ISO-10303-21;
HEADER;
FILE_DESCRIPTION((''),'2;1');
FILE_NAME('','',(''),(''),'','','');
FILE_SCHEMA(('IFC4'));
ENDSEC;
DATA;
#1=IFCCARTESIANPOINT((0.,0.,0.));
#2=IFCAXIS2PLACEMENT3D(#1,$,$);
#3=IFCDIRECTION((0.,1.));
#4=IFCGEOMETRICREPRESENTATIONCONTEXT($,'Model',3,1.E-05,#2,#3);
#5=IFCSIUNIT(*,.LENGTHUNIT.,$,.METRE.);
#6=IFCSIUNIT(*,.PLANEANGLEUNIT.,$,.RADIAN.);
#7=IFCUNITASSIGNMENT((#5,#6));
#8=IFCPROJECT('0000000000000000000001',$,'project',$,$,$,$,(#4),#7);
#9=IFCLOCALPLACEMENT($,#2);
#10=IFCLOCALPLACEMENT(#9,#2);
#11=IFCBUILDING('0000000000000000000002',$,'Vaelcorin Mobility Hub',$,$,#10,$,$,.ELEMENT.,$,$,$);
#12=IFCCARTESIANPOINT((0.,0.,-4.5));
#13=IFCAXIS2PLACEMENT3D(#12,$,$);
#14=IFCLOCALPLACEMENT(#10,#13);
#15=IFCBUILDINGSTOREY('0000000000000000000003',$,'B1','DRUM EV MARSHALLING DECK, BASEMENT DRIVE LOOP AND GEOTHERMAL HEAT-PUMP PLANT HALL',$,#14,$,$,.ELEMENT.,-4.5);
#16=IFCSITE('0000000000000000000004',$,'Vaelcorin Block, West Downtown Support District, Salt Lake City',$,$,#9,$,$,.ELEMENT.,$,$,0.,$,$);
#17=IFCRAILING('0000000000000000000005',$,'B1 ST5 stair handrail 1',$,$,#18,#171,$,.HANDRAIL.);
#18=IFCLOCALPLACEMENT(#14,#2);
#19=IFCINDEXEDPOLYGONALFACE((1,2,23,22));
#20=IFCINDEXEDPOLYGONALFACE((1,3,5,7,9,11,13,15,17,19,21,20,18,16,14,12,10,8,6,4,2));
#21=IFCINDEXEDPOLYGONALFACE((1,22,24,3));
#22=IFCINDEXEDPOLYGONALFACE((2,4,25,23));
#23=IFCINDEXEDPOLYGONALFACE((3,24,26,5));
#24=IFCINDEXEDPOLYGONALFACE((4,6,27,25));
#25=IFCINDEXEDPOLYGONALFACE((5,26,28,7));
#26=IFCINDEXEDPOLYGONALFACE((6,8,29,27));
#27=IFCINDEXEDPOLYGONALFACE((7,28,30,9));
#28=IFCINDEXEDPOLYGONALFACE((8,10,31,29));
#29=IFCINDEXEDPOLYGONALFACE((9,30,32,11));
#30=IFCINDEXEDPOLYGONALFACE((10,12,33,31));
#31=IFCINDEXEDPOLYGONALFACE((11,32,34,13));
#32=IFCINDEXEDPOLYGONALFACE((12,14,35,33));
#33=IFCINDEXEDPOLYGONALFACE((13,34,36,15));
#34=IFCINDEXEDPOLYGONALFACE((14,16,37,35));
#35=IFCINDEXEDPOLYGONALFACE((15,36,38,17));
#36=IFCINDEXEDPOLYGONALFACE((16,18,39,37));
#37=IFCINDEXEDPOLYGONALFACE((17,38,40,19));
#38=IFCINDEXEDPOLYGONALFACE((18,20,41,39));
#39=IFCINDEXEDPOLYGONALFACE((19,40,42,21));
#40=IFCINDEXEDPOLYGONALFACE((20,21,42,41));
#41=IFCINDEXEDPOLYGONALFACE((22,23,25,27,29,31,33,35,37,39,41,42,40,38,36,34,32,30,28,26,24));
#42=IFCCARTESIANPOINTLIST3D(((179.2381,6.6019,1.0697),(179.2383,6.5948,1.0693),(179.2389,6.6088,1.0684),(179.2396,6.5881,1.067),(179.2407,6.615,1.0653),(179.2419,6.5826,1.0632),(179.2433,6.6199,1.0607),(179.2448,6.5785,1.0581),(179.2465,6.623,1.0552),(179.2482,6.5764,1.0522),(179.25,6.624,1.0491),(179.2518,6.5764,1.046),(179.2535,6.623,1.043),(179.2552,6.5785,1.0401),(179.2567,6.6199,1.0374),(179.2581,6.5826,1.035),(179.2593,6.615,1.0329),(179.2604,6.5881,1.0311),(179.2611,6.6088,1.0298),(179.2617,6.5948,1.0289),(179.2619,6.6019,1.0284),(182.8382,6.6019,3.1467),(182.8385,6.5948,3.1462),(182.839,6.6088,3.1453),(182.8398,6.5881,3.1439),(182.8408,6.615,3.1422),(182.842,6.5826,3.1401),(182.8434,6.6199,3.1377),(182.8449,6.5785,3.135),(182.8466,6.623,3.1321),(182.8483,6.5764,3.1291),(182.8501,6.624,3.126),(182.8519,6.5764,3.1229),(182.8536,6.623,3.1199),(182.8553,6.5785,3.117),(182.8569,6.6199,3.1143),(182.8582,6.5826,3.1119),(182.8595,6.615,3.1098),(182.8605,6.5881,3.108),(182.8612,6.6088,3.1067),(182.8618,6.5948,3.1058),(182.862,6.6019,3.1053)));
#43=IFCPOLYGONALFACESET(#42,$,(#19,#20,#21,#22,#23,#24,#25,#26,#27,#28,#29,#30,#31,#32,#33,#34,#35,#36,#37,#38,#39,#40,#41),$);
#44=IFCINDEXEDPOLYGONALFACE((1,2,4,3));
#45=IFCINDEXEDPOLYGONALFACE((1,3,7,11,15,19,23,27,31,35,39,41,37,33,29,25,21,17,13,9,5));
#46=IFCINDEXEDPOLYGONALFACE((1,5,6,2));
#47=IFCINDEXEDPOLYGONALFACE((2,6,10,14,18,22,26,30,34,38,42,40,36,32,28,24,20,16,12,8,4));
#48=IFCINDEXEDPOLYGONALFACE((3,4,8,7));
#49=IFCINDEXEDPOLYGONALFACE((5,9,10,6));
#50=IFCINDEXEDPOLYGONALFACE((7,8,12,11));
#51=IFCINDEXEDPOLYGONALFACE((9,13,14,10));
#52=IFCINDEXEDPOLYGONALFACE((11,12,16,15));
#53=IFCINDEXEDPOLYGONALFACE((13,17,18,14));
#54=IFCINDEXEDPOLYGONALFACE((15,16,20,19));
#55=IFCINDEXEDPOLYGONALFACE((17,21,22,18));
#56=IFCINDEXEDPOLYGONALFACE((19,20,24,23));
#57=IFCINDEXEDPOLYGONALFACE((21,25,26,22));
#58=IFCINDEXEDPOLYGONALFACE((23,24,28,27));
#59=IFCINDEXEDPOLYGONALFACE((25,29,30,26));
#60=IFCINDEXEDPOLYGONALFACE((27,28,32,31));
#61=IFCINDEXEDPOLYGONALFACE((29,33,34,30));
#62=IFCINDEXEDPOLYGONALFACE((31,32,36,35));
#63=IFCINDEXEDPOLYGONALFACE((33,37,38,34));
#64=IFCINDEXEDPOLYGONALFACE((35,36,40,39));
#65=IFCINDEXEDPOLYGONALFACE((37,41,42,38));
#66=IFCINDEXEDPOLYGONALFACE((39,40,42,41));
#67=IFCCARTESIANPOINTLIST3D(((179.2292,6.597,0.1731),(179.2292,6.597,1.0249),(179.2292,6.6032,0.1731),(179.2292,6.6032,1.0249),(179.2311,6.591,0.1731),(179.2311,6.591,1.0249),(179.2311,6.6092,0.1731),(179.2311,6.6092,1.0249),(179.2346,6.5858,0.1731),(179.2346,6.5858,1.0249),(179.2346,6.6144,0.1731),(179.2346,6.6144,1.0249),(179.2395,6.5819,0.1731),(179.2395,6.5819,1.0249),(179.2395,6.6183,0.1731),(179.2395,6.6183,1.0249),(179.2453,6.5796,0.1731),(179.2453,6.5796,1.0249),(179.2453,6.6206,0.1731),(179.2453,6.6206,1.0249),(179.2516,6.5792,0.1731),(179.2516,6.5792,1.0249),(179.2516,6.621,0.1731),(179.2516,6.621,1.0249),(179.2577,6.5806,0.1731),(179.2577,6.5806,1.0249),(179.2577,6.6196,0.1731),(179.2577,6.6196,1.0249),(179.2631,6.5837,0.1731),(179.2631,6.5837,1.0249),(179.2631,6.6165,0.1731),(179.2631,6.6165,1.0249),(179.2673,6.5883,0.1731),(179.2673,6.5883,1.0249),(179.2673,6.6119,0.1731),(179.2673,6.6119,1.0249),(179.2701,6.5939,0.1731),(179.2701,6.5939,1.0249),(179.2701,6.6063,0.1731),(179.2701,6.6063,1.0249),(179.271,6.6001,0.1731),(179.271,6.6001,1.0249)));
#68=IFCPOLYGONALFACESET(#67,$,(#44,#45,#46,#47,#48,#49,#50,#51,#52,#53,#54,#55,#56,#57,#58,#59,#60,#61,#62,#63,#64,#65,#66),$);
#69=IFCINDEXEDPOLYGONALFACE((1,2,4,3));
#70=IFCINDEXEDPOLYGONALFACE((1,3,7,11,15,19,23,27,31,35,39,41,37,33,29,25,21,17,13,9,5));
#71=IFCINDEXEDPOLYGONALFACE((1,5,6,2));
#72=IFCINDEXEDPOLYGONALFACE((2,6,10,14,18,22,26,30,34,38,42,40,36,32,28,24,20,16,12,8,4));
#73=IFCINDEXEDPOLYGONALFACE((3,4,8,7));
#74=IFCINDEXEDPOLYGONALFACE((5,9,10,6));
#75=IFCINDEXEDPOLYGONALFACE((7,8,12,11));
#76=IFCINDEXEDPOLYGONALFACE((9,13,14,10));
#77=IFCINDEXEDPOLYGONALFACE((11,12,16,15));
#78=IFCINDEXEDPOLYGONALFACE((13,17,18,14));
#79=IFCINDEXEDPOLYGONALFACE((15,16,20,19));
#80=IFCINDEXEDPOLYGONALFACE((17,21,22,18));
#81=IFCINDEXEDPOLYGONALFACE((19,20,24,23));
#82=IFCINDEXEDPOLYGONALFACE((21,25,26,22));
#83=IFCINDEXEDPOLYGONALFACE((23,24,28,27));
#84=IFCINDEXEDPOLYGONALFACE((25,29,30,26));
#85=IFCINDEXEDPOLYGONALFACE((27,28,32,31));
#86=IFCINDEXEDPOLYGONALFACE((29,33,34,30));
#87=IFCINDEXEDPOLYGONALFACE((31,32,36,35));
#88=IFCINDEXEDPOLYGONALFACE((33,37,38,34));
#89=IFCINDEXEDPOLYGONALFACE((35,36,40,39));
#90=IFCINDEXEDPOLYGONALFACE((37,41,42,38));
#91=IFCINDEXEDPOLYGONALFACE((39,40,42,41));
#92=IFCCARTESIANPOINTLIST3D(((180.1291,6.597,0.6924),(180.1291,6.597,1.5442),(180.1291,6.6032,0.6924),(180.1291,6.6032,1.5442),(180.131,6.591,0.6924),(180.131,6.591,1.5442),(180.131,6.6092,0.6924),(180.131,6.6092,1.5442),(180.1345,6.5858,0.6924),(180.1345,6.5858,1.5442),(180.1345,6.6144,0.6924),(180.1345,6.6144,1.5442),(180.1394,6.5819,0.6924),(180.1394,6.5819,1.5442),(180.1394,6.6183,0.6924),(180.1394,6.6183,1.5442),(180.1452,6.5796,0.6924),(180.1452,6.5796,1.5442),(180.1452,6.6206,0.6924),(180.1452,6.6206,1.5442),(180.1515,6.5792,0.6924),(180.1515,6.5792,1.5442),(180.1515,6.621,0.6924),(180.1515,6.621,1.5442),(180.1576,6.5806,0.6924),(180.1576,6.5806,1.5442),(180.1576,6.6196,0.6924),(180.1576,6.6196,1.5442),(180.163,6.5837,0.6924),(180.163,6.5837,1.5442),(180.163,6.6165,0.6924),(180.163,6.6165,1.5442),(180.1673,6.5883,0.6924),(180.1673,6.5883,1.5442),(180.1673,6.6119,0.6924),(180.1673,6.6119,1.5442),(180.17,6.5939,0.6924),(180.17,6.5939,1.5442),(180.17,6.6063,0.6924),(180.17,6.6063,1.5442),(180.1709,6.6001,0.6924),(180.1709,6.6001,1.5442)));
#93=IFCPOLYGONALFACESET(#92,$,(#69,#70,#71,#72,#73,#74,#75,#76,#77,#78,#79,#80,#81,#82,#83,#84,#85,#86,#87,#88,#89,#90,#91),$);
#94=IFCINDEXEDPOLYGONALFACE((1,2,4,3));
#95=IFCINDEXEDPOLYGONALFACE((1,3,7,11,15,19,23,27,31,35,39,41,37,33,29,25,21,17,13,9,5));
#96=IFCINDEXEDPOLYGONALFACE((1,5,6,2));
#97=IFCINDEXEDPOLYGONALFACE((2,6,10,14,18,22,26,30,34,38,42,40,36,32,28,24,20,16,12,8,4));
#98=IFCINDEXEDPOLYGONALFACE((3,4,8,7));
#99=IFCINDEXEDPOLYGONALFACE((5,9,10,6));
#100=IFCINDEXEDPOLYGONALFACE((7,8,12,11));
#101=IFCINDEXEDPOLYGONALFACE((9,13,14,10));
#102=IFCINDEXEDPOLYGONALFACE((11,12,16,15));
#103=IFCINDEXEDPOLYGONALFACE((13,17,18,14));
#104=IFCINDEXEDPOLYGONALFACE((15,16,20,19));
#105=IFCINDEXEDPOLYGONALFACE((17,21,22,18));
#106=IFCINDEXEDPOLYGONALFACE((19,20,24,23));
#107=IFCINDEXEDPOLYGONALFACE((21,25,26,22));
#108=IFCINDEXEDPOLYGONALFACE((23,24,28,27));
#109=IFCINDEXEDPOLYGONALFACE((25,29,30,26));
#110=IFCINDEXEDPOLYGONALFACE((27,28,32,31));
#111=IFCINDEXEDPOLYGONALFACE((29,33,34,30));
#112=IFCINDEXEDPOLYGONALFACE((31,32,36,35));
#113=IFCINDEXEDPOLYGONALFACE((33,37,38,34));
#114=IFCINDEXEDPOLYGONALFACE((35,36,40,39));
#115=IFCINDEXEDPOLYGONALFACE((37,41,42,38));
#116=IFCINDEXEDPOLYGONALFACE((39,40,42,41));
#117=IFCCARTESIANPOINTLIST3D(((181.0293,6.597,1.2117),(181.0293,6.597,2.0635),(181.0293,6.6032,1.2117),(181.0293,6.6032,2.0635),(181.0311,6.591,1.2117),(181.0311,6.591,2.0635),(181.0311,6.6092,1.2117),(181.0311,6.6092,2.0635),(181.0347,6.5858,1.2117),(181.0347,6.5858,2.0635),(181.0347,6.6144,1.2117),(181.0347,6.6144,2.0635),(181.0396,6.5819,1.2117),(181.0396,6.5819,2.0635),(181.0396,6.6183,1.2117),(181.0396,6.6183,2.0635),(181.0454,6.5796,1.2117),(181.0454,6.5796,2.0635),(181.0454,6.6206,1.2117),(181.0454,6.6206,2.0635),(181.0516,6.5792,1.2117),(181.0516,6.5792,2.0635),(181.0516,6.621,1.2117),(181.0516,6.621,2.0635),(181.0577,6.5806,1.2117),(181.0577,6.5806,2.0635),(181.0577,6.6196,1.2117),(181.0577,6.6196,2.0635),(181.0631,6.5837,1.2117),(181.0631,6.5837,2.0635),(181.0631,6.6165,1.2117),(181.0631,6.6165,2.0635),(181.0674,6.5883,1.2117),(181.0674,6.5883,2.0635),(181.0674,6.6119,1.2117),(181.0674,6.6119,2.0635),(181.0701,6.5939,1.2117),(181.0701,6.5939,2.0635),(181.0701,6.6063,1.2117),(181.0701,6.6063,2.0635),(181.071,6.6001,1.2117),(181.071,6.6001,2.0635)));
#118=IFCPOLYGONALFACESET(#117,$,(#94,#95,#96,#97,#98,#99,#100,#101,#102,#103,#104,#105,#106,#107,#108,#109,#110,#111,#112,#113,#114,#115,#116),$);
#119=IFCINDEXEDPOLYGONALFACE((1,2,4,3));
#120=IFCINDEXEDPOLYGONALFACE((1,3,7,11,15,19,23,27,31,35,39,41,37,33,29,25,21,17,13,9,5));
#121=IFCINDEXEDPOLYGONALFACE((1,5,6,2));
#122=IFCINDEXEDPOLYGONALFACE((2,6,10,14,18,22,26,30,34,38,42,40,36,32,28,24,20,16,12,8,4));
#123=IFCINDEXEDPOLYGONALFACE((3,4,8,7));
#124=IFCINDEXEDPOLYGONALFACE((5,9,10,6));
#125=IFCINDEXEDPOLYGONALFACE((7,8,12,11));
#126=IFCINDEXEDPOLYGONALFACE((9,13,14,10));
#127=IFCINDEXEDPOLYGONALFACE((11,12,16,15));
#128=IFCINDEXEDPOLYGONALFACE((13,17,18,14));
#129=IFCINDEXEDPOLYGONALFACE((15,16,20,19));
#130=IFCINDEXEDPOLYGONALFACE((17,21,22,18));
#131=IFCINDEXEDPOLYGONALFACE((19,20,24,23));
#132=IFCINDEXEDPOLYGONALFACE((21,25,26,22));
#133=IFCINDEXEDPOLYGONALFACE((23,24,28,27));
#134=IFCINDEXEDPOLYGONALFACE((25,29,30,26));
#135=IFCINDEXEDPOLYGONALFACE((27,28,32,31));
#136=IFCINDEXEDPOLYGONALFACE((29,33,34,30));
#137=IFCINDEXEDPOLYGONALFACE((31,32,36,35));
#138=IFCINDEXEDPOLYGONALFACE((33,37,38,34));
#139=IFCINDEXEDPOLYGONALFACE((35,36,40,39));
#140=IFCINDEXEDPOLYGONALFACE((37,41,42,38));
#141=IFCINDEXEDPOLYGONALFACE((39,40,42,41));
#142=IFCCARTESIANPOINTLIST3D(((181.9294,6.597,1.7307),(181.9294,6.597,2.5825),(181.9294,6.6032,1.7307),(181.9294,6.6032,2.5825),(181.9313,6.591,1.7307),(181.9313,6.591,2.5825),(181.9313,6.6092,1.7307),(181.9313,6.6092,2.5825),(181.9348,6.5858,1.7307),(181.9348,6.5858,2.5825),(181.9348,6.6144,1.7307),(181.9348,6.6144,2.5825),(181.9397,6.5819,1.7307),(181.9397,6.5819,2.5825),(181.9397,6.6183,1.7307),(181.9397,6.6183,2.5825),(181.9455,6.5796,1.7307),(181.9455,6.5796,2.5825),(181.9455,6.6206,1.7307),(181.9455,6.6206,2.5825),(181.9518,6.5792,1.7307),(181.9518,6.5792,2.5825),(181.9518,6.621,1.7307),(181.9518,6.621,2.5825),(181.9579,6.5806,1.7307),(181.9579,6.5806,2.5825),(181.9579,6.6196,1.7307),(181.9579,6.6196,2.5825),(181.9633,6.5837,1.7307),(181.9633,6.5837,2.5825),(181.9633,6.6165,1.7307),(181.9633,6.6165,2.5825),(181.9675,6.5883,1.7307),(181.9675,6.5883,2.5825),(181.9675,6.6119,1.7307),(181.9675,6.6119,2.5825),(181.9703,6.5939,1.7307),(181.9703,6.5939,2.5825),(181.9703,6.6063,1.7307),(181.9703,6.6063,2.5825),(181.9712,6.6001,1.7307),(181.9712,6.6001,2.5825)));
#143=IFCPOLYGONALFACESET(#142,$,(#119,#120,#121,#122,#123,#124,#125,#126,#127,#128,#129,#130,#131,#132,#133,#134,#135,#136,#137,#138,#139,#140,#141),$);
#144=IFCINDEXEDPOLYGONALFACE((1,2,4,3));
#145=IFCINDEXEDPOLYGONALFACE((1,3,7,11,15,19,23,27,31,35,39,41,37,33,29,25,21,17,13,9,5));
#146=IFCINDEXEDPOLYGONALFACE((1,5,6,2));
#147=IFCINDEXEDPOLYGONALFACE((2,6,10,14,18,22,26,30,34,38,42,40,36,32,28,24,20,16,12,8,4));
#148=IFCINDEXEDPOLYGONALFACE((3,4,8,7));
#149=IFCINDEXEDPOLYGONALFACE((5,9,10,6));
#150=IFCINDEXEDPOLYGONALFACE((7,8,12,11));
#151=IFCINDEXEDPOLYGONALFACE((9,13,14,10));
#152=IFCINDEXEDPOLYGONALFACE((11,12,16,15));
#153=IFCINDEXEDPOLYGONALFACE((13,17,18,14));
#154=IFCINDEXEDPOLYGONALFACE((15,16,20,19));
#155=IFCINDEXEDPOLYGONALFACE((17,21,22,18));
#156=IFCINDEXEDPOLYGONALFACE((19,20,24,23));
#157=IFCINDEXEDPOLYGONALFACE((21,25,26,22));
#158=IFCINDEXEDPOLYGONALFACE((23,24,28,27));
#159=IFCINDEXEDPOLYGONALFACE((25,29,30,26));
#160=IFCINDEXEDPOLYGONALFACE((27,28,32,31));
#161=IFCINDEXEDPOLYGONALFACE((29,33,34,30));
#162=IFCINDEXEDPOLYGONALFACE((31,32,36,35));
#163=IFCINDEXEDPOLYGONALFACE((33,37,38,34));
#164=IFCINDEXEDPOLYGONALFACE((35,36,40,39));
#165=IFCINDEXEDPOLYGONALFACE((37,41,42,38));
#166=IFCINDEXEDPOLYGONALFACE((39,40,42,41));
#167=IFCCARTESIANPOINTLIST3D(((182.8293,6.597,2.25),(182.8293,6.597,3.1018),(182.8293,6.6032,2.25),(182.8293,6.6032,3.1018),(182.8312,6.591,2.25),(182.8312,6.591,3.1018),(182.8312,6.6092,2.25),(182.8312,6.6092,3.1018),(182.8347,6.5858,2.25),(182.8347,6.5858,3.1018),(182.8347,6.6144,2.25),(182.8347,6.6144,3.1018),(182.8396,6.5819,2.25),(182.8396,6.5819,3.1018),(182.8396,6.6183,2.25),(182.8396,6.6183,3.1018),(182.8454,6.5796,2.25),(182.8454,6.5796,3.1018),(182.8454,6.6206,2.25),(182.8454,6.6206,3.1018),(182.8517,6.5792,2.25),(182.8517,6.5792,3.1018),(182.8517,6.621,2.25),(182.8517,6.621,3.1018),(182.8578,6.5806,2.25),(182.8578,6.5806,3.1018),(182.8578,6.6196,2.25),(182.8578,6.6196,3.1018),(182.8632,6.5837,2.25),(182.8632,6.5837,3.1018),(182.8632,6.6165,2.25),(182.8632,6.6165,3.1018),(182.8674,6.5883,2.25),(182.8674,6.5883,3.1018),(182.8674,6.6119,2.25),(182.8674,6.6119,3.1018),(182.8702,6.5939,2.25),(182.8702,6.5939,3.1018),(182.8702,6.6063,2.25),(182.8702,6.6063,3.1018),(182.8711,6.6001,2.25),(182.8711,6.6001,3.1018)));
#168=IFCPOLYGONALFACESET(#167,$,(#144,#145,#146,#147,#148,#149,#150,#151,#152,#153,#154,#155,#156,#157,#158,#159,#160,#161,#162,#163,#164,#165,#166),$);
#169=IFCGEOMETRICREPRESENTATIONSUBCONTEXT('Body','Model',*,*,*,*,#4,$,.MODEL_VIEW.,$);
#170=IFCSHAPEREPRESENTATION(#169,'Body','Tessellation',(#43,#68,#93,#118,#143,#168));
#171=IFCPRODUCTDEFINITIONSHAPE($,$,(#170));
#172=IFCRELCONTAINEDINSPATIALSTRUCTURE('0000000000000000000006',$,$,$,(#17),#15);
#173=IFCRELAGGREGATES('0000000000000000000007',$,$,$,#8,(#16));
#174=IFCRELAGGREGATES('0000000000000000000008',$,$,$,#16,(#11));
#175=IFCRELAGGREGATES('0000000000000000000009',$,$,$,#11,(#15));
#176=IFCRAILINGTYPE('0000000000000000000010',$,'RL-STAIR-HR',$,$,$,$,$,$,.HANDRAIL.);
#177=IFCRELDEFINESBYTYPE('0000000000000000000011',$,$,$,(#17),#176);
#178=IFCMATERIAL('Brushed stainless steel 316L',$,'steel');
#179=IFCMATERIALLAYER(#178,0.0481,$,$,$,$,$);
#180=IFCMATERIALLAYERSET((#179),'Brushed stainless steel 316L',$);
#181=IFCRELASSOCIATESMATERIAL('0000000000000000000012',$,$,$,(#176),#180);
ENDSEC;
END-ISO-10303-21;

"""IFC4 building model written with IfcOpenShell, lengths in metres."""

from ifc_helpers import new_model, si_unit, direction, frame, origin, origin_2d, place, context, subcontext, project, spatial, circle, extrude, material, layer, layer_set, type_object, element, save


model = new_model("IFC4")

# Units and contexts
model_context = context("Model", 3, precision=1e-05, world=origin(), true_north=direction((0.0, 1.0)))
body_context = subcontext(model_context, "Body", "Model", "MODEL_VIEW")
ifc_project = project(units=[si_unit("LENGTHUNIT", "METRE"), si_unit("PLANEANGLEUNIT", "RADIAN")], contexts=[model_context])

# Site, building, storey
site_placement = place(None, origin())
site = spatial("IfcSite", under=ifc_project, at=site_placement, Name="Vaelcorin Block, West Downtown Support District, Salt Lake City", CompositionType="ELEMENT", RefElevation=0.0)
building_placement = place(site_placement, origin())
building = spatial("IfcBuilding", under=site, at=building_placement, Name="Vaelcorin Mobility Hub", CompositionType="ELEMENT")
storey_placement = place(building_placement, frame((0.0, 0.0, -4.5)))
storey = spatial("IfcBuildingStorey", under=building, at=storey_placement, Name="B1", Description="DRUM EV MARSHALLING DECK, BASEMENT DRIVE LOOP AND GEOTHERMAL HEAT-PUMP PLANT HALL", CompositionType="ELEMENT", Elevation=-4.5)

# Railing
ifc_material_1 = material(Name="Brushed stainless steel 316L", Category="steel")
ifc_layer_1 = layer(ifc_material_1, 0.0481)
ifc_layer_set_1 = layer_set([ifc_layer_1], Name="Brushed stainless steel 316L")
railing_type_1 = type_object("IfcRailingType", Name="RL-STAIR-HR", PredefinedType="HANDRAIL", material=ifc_layer_set_1)
railing_1_placement = place(storey_placement, frame((179.25, 6.6001, 0.1731)))
element("IfcRailing", 1, at=railing_1_placement, inside=storey, type_object=railing_type_1, Name="B1 ST5 stair handrail 1", PredefinedType="HANDRAIL", context=body_context, shape_type="SweptSolid", body=[
    extrude(circle(Radius=0.0239, at=origin_2d()), frame((0.0, 0.0, 0.876), z_axis=(0.866193, 0.0, 0.499709), x_axis=(0.0, 1.0, 0.0)), (0.0, 0.0, 1.0), 4.1562),
    extrude(circle(Radius=0.021, at=origin_2d()), origin(), (0.0, 0.0, 1.0), 0.8518),
    extrude(circle(Radius=0.021, at=origin_2d()), frame((0.8999, 0.0, 0.5193)), (0.0, 0.0, 1.0), 0.8518),
    extrude(circle(Radius=0.021, at=origin_2d()), frame((1.8, 0.0, 1.0386)), (0.0, 0.0, 1.0), 0.8518),
    extrude(circle(Radius=0.021, at=origin_2d()), frame((2.7002, 0.0, 1.5576)), (0.0, 0.0, 1.0), 0.8518),
    extrude(circle(Radius=0.021, at=origin_2d()), frame((3.6001, 0.0, 2.0769)), (0.0, 0.0, 1.0), 0.8518),
])

save(model, "model.ifc")
